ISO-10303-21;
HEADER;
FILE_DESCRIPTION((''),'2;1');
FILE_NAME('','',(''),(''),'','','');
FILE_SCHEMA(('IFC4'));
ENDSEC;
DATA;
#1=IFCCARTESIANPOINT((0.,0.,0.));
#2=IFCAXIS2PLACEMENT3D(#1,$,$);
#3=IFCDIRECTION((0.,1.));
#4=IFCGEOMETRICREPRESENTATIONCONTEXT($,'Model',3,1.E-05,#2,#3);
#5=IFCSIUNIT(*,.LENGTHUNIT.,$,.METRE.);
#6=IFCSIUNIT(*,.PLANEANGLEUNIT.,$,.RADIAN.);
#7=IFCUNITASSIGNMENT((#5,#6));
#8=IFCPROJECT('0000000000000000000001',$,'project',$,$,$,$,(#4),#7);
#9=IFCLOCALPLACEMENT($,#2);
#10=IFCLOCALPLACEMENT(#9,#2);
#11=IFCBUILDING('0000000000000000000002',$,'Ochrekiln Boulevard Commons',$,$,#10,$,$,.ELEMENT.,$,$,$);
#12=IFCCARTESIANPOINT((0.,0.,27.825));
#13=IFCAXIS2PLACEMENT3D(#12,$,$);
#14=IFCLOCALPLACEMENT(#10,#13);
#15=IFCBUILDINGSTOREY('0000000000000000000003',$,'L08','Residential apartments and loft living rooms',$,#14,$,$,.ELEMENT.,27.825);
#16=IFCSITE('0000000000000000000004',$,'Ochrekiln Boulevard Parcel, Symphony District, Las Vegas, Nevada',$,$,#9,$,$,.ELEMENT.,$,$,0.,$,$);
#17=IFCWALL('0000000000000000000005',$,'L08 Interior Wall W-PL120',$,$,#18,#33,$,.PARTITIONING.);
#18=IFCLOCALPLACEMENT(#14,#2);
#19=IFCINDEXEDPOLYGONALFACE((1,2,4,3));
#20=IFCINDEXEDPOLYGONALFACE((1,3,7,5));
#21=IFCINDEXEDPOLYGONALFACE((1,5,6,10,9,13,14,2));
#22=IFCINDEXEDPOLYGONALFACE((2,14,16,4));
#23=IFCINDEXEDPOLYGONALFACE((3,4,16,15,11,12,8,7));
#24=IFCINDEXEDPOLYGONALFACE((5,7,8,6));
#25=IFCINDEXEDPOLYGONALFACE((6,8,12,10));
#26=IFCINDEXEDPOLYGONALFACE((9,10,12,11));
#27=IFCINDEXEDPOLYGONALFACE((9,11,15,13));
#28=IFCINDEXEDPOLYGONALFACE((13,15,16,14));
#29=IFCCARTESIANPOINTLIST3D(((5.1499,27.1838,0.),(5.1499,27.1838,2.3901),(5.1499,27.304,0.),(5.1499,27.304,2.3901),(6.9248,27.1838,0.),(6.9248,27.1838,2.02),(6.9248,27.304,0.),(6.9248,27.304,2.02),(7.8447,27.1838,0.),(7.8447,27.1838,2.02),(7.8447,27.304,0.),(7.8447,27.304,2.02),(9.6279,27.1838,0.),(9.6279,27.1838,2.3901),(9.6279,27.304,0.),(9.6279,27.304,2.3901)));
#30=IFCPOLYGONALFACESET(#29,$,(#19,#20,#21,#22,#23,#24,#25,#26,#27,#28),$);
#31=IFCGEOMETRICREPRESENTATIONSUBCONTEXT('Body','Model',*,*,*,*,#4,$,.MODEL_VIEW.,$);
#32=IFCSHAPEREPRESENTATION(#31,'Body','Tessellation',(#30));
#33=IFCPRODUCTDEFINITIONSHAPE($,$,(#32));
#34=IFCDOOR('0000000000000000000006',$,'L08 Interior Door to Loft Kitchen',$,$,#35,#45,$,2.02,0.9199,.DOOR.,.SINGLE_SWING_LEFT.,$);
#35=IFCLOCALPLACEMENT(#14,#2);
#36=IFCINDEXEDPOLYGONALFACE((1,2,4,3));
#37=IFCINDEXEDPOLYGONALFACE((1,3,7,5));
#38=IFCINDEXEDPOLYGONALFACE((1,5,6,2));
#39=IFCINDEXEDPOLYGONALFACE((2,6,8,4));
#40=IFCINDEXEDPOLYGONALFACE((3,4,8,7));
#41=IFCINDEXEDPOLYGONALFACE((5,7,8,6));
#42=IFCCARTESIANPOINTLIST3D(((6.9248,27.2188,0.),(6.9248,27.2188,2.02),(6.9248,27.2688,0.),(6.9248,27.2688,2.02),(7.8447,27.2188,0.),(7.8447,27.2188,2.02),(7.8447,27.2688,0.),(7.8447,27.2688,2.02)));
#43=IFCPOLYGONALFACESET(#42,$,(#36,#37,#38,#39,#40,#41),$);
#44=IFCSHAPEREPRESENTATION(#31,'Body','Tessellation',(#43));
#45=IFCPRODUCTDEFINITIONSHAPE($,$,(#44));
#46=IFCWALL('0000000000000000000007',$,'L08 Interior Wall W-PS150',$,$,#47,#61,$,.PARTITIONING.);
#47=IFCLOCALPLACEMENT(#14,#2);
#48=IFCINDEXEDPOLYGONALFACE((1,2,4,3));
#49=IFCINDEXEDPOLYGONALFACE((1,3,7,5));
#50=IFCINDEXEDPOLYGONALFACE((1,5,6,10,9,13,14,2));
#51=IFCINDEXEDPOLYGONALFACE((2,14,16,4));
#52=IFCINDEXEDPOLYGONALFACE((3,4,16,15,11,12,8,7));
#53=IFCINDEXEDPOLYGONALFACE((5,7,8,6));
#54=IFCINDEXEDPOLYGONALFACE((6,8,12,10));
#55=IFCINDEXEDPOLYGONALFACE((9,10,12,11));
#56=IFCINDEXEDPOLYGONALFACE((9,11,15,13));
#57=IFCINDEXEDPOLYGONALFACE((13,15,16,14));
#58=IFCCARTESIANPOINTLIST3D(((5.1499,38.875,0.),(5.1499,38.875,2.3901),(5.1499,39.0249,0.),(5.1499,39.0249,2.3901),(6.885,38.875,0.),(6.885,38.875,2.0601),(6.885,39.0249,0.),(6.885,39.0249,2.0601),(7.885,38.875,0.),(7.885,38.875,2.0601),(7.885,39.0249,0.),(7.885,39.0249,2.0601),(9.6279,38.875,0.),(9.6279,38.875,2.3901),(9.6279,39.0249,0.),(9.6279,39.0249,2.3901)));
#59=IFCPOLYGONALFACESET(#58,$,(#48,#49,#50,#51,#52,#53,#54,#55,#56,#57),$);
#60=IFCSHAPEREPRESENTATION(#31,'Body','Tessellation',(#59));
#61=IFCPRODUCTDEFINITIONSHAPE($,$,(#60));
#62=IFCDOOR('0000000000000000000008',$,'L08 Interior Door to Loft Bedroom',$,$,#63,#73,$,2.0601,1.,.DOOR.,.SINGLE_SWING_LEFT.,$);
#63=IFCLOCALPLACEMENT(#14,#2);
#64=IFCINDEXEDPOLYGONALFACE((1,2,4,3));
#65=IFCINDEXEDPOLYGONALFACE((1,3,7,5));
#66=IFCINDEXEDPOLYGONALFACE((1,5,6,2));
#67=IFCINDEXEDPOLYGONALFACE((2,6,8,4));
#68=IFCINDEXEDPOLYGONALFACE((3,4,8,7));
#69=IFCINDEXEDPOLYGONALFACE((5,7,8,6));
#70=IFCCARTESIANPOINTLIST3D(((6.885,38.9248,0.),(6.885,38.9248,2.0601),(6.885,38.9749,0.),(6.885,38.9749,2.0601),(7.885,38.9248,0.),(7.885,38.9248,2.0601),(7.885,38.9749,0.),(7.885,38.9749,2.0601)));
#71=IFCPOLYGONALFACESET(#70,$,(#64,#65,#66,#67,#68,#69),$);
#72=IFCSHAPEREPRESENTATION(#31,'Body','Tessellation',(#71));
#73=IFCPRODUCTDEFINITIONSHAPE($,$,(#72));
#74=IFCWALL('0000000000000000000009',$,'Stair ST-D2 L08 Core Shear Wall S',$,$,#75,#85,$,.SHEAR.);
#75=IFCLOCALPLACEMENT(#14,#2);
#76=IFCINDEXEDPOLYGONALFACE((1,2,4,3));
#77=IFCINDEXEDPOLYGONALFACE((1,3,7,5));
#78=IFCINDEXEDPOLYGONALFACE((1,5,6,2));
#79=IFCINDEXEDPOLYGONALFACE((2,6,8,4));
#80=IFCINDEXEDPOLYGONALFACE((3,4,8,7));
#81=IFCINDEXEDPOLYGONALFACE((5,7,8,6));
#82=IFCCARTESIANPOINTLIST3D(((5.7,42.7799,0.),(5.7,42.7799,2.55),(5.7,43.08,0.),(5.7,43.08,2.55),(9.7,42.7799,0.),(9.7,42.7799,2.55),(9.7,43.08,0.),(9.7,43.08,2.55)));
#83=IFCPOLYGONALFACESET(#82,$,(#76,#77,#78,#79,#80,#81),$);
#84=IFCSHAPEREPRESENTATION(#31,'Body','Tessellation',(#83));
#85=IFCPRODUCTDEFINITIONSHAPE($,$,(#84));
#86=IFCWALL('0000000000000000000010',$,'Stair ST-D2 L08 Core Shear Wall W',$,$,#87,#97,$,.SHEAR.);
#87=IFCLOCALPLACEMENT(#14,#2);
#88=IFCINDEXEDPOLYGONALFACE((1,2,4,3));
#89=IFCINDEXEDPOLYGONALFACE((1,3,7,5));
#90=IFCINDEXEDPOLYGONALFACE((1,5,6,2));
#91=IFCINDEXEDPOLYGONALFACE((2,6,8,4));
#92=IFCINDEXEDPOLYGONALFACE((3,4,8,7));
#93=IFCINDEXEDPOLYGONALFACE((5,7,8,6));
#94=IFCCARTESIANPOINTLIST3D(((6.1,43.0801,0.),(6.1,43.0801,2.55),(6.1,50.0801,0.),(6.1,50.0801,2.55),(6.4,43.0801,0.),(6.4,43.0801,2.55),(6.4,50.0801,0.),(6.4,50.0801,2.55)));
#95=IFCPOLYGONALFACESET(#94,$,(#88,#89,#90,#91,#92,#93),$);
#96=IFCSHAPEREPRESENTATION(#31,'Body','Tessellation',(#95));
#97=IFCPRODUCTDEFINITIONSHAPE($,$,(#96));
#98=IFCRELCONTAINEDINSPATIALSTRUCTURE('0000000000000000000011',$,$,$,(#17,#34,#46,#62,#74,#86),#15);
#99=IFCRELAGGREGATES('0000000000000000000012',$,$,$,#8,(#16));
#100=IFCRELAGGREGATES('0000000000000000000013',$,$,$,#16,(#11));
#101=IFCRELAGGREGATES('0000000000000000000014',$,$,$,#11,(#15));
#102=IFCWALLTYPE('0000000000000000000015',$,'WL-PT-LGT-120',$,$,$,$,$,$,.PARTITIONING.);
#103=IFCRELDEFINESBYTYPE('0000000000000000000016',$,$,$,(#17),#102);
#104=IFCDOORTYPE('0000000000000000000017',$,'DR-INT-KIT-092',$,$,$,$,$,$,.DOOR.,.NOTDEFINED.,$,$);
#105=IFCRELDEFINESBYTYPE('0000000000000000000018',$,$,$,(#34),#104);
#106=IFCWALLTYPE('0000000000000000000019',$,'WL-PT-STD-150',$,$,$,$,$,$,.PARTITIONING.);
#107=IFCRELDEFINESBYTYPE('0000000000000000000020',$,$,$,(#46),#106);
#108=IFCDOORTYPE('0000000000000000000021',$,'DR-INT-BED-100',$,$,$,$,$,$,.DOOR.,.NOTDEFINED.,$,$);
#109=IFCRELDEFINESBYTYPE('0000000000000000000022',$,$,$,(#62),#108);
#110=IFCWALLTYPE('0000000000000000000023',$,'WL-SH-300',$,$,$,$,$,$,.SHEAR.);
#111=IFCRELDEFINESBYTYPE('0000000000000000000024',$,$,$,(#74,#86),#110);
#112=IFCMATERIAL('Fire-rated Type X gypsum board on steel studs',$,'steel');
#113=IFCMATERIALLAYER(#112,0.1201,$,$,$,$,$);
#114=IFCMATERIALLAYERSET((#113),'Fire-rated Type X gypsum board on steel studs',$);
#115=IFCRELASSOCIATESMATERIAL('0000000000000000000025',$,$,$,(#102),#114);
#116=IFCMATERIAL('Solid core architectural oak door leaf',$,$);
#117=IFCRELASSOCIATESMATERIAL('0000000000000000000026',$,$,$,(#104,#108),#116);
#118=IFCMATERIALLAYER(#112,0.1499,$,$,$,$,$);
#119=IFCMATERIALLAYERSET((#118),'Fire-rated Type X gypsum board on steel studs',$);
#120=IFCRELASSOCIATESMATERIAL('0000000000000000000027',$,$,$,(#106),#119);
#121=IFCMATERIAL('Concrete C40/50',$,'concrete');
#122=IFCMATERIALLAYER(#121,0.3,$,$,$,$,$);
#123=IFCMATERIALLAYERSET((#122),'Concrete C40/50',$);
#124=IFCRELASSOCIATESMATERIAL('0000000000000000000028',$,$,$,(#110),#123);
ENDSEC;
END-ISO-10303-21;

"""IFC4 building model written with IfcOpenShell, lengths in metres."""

from ifc_helpers import new_model, si_unit, direction, frame, frame_2d, origin, place, context, subcontext, project, spatial, rectangle, extrude, material, layer, layer_set, type_object, element, fill, save


model = new_model("IFC4")

# Units and contexts
model_context = context("Model", 3, precision=1e-05, world=origin(), true_north=direction((0.0, 1.0)))
body_context = subcontext(model_context, "Body", "Model", "MODEL_VIEW")
ifc_project = project(units=[si_unit("LENGTHUNIT", "METRE"), si_unit("PLANEANGLEUNIT", "RADIAN")], contexts=[model_context])

# Site, building, storey
site_placement = place(None, origin())
site = spatial("IfcSite", under=ifc_project, at=site_placement, Name="Ochrekiln Boulevard Parcel, Symphony District, Las Vegas, Nevada", CompositionType="ELEMENT", RefElevation=0.0)
building_placement = place(site_placement, origin())
building = spatial("IfcBuilding", under=site, at=building_placement, Name="Ochrekiln Boulevard Commons", CompositionType="ELEMENT")
storey_placement = place(building_placement, frame((0.0, 0.0, 27.825)))
storey = spatial("IfcBuildingStorey", under=building, at=storey_placement, Name="L08", Description="Residential apartments and loft living rooms", CompositionType="ELEMENT", Elevation=27.825)

# Shared definitions
ifc_material_1 = material(Name="Concrete C40/50", Category="concrete")

# Walls, openings, doors
ifc_material_2 = material(Name="Solid core architectural oak door leaf")
ifc_material_3 = material(Name="Fire-rated Type X gypsum board on steel studs", Category="steel")
ifc_layer_1 = layer(ifc_material_3, 0.1201)
ifc_layer_set_1 = layer_set([ifc_layer_1], Name="Fire-rated Type X gypsum board on steel studs")
wall_type_1 = type_object("IfcWallType", Name="WL-PT-LGT-120", PredefinedType="PARTITIONING", material=ifc_layer_set_1)
wall_1_placement = place(storey_placement, frame((5.1499, 27.2439, 0.0), z_axis=(0.0, 0.0, 1.0), x_axis=(1.0, 0.0, 0.0)))
wall_1 = element("IfcWall", 1, at=wall_1_placement, inside=storey, type_object=wall_type_1, Name="L08 Interior Wall W-PL120", PredefinedType="PARTITIONING", context=body_context, shape_type="SweptSolid", body=[
    extrude(rectangle(XDim=4.478, YDim=0.1201, at=frame_2d((2.239, 0.0))), origin(), (0.0, 0.0, 1.0), 2.3901),
])
opening_1_placement = place(wall_1_placement, frame((1.7749, 0.0, 0.0)))
opening_1 = element("IfcOpeningElement", 2, at=opening_1_placement, cuts=wall_1, PredefinedType="OPENING", context=body_context, shape_type="SweptSolid", body=[
    extrude(rectangle(XDim=0.9199, YDim=2.02, at=frame_2d((0.46, 1.01))), frame((0.0, 0.0701, 0.0), z_axis=(0.0, -1.0, 0.0), x_axis=(1.0, 0.0, 0.0)), (0.0, 0.0, 1.0), 0.1401),
])
door_type_1 = type_object("IfcDoorType", Name="DR-INT-KIT-092", OperationType="NOTDEFINED", PredefinedType="DOOR", material=ifc_material_2)
door_1_placement = place(opening_1_placement, origin())
door_1 = element("IfcDoor", 3, at=door_1_placement, inside=storey, type_object=door_type_1, Name="L08 Interior Door to Loft Kitchen", OperationType="SINGLE_SWING_LEFT", OverallHeight=2.02, OverallWidth=0.9199, PredefinedType="DOOR", context=body_context, shape_type="SweptSolid", body=[
    extrude(rectangle(XDim=0.9199, YDim=2.02, at=frame_2d((0.46, 1.01))), frame((0.0, 0.0249, 0.0), z_axis=(0.0, -1.0, 0.0), x_axis=(1.0, 0.0, 0.0)), (0.0, 0.0, 1.0), 0.05),
])
fill(opening_1, door_1)
ifc_layer_2 = layer(ifc_material_3, 0.1499)
ifc_layer_set_2 = layer_set([ifc_layer_2], Name="Fire-rated Type X gypsum board on steel studs")
wall_type_2 = type_object("IfcWallType", Name="WL-PT-STD-150", PredefinedType="PARTITIONING", material=ifc_layer_set_2)
wall_2_placement = place(storey_placement, frame((5.1499, 38.95, 0.0), z_axis=(0.0, 0.0, 1.0), x_axis=(1.0, 0.0, 0.0)))
wall_2 = element("IfcWall", 4, at=wall_2_placement, inside=storey, type_object=wall_type_2, Name="L08 Interior Wall W-PS150", PredefinedType="PARTITIONING", context=body_context, shape_type="SweptSolid", body=[
    extrude(rectangle(XDim=4.478, YDim=0.1499, at=frame_2d((2.239, 0.0))), origin(), (0.0, 0.0, 1.0), 2.3901),
])
opening_2_placement = place(wall_2_placement, frame((1.7351, 0.0, 0.0)))
opening_2 = element("IfcOpeningElement", 5, at=opening_2_placement, cuts=wall_2, PredefinedType="OPENING", context=body_context, shape_type="SweptSolid", body=[
    extrude(rectangle(XDim=1.0, YDim=2.0601, at=frame_2d((0.5, 1.03))), frame((0.0, 0.085, 0.0), z_axis=(0.0, -1.0, 0.0), x_axis=(1.0, 0.0, 0.0)), (0.0, 0.0, 1.0), 0.1699),
])
door_type_2 = type_object("IfcDoorType", Name="DR-INT-BED-100", OperationType="NOTDEFINED", PredefinedType="DOOR", material=ifc_material_2)
door_2_placement = place(opening_2_placement, origin())
door_2 = element("IfcDoor", 6, at=door_2_placement, inside=storey, type_object=door_type_2, Name="L08 Interior Door to Loft Bedroom", OperationType="SINGLE_SWING_LEFT", OverallHeight=2.0601, OverallWidth=1.0, PredefinedType="DOOR", context=body_context, shape_type="SweptSolid", body=[
    extrude(rectangle(XDim=1.0, YDim=2.0601, at=frame_2d((0.5, 1.03))), frame((0.0, 0.0249, 0.0), z_axis=(0.0, -1.0, 0.0), x_axis=(1.0, 0.0, 0.0)), (0.0, 0.0, 1.0), 0.05),
])
fill(opening_2, door_2)

# Walls
ifc_layer_3 = layer(ifc_material_1, 0.3)
ifc_layer_set_3 = layer_set([ifc_layer_3], Name="Concrete C40/50")
wall_type_3 = type_object("IfcWallType", Name="WL-SH-300", PredefinedType="SHEAR", material=ifc_layer_set_3)
wall_3_placement = place(storey_placement, frame((5.7, 42.9299, 0.0), z_axis=(0.0, 0.0, 1.0), x_axis=(1.0, 0.0, 0.0)))
element("IfcWall", 7, at=wall_3_placement, inside=storey, type_object=wall_type_3, Name="Stair ST-D2 L08 Core Shear Wall S", PredefinedType="SHEAR", context=body_context, shape_type="SweptSolid", body=[
    extrude(rectangle(XDim=4.0, YDim=0.3, at=frame_2d((2.0, 0.0))), origin(), (0.0, 0.0, 1.0), 2.55),
])
wall_4_placement = place(storey_placement, frame((6.25, 43.0801, 0.0), z_axis=(0.0, 0.0, 1.0), x_axis=(0.0, 1.0, 0.0)))
element("IfcWall", 8, at=wall_4_placement, inside=storey, type_object=wall_type_3, Name="Stair ST-D2 L08 Core Shear Wall W", PredefinedType="SHEAR", context=body_context, shape_type="SweptSolid", body=[
    extrude(rectangle(XDim=7.0, YDim=0.3, at=frame_2d((3.5, 0.0))), origin(), (0.0, 0.0, 1.0), 2.55),
])

save(model, "model.ifc")
